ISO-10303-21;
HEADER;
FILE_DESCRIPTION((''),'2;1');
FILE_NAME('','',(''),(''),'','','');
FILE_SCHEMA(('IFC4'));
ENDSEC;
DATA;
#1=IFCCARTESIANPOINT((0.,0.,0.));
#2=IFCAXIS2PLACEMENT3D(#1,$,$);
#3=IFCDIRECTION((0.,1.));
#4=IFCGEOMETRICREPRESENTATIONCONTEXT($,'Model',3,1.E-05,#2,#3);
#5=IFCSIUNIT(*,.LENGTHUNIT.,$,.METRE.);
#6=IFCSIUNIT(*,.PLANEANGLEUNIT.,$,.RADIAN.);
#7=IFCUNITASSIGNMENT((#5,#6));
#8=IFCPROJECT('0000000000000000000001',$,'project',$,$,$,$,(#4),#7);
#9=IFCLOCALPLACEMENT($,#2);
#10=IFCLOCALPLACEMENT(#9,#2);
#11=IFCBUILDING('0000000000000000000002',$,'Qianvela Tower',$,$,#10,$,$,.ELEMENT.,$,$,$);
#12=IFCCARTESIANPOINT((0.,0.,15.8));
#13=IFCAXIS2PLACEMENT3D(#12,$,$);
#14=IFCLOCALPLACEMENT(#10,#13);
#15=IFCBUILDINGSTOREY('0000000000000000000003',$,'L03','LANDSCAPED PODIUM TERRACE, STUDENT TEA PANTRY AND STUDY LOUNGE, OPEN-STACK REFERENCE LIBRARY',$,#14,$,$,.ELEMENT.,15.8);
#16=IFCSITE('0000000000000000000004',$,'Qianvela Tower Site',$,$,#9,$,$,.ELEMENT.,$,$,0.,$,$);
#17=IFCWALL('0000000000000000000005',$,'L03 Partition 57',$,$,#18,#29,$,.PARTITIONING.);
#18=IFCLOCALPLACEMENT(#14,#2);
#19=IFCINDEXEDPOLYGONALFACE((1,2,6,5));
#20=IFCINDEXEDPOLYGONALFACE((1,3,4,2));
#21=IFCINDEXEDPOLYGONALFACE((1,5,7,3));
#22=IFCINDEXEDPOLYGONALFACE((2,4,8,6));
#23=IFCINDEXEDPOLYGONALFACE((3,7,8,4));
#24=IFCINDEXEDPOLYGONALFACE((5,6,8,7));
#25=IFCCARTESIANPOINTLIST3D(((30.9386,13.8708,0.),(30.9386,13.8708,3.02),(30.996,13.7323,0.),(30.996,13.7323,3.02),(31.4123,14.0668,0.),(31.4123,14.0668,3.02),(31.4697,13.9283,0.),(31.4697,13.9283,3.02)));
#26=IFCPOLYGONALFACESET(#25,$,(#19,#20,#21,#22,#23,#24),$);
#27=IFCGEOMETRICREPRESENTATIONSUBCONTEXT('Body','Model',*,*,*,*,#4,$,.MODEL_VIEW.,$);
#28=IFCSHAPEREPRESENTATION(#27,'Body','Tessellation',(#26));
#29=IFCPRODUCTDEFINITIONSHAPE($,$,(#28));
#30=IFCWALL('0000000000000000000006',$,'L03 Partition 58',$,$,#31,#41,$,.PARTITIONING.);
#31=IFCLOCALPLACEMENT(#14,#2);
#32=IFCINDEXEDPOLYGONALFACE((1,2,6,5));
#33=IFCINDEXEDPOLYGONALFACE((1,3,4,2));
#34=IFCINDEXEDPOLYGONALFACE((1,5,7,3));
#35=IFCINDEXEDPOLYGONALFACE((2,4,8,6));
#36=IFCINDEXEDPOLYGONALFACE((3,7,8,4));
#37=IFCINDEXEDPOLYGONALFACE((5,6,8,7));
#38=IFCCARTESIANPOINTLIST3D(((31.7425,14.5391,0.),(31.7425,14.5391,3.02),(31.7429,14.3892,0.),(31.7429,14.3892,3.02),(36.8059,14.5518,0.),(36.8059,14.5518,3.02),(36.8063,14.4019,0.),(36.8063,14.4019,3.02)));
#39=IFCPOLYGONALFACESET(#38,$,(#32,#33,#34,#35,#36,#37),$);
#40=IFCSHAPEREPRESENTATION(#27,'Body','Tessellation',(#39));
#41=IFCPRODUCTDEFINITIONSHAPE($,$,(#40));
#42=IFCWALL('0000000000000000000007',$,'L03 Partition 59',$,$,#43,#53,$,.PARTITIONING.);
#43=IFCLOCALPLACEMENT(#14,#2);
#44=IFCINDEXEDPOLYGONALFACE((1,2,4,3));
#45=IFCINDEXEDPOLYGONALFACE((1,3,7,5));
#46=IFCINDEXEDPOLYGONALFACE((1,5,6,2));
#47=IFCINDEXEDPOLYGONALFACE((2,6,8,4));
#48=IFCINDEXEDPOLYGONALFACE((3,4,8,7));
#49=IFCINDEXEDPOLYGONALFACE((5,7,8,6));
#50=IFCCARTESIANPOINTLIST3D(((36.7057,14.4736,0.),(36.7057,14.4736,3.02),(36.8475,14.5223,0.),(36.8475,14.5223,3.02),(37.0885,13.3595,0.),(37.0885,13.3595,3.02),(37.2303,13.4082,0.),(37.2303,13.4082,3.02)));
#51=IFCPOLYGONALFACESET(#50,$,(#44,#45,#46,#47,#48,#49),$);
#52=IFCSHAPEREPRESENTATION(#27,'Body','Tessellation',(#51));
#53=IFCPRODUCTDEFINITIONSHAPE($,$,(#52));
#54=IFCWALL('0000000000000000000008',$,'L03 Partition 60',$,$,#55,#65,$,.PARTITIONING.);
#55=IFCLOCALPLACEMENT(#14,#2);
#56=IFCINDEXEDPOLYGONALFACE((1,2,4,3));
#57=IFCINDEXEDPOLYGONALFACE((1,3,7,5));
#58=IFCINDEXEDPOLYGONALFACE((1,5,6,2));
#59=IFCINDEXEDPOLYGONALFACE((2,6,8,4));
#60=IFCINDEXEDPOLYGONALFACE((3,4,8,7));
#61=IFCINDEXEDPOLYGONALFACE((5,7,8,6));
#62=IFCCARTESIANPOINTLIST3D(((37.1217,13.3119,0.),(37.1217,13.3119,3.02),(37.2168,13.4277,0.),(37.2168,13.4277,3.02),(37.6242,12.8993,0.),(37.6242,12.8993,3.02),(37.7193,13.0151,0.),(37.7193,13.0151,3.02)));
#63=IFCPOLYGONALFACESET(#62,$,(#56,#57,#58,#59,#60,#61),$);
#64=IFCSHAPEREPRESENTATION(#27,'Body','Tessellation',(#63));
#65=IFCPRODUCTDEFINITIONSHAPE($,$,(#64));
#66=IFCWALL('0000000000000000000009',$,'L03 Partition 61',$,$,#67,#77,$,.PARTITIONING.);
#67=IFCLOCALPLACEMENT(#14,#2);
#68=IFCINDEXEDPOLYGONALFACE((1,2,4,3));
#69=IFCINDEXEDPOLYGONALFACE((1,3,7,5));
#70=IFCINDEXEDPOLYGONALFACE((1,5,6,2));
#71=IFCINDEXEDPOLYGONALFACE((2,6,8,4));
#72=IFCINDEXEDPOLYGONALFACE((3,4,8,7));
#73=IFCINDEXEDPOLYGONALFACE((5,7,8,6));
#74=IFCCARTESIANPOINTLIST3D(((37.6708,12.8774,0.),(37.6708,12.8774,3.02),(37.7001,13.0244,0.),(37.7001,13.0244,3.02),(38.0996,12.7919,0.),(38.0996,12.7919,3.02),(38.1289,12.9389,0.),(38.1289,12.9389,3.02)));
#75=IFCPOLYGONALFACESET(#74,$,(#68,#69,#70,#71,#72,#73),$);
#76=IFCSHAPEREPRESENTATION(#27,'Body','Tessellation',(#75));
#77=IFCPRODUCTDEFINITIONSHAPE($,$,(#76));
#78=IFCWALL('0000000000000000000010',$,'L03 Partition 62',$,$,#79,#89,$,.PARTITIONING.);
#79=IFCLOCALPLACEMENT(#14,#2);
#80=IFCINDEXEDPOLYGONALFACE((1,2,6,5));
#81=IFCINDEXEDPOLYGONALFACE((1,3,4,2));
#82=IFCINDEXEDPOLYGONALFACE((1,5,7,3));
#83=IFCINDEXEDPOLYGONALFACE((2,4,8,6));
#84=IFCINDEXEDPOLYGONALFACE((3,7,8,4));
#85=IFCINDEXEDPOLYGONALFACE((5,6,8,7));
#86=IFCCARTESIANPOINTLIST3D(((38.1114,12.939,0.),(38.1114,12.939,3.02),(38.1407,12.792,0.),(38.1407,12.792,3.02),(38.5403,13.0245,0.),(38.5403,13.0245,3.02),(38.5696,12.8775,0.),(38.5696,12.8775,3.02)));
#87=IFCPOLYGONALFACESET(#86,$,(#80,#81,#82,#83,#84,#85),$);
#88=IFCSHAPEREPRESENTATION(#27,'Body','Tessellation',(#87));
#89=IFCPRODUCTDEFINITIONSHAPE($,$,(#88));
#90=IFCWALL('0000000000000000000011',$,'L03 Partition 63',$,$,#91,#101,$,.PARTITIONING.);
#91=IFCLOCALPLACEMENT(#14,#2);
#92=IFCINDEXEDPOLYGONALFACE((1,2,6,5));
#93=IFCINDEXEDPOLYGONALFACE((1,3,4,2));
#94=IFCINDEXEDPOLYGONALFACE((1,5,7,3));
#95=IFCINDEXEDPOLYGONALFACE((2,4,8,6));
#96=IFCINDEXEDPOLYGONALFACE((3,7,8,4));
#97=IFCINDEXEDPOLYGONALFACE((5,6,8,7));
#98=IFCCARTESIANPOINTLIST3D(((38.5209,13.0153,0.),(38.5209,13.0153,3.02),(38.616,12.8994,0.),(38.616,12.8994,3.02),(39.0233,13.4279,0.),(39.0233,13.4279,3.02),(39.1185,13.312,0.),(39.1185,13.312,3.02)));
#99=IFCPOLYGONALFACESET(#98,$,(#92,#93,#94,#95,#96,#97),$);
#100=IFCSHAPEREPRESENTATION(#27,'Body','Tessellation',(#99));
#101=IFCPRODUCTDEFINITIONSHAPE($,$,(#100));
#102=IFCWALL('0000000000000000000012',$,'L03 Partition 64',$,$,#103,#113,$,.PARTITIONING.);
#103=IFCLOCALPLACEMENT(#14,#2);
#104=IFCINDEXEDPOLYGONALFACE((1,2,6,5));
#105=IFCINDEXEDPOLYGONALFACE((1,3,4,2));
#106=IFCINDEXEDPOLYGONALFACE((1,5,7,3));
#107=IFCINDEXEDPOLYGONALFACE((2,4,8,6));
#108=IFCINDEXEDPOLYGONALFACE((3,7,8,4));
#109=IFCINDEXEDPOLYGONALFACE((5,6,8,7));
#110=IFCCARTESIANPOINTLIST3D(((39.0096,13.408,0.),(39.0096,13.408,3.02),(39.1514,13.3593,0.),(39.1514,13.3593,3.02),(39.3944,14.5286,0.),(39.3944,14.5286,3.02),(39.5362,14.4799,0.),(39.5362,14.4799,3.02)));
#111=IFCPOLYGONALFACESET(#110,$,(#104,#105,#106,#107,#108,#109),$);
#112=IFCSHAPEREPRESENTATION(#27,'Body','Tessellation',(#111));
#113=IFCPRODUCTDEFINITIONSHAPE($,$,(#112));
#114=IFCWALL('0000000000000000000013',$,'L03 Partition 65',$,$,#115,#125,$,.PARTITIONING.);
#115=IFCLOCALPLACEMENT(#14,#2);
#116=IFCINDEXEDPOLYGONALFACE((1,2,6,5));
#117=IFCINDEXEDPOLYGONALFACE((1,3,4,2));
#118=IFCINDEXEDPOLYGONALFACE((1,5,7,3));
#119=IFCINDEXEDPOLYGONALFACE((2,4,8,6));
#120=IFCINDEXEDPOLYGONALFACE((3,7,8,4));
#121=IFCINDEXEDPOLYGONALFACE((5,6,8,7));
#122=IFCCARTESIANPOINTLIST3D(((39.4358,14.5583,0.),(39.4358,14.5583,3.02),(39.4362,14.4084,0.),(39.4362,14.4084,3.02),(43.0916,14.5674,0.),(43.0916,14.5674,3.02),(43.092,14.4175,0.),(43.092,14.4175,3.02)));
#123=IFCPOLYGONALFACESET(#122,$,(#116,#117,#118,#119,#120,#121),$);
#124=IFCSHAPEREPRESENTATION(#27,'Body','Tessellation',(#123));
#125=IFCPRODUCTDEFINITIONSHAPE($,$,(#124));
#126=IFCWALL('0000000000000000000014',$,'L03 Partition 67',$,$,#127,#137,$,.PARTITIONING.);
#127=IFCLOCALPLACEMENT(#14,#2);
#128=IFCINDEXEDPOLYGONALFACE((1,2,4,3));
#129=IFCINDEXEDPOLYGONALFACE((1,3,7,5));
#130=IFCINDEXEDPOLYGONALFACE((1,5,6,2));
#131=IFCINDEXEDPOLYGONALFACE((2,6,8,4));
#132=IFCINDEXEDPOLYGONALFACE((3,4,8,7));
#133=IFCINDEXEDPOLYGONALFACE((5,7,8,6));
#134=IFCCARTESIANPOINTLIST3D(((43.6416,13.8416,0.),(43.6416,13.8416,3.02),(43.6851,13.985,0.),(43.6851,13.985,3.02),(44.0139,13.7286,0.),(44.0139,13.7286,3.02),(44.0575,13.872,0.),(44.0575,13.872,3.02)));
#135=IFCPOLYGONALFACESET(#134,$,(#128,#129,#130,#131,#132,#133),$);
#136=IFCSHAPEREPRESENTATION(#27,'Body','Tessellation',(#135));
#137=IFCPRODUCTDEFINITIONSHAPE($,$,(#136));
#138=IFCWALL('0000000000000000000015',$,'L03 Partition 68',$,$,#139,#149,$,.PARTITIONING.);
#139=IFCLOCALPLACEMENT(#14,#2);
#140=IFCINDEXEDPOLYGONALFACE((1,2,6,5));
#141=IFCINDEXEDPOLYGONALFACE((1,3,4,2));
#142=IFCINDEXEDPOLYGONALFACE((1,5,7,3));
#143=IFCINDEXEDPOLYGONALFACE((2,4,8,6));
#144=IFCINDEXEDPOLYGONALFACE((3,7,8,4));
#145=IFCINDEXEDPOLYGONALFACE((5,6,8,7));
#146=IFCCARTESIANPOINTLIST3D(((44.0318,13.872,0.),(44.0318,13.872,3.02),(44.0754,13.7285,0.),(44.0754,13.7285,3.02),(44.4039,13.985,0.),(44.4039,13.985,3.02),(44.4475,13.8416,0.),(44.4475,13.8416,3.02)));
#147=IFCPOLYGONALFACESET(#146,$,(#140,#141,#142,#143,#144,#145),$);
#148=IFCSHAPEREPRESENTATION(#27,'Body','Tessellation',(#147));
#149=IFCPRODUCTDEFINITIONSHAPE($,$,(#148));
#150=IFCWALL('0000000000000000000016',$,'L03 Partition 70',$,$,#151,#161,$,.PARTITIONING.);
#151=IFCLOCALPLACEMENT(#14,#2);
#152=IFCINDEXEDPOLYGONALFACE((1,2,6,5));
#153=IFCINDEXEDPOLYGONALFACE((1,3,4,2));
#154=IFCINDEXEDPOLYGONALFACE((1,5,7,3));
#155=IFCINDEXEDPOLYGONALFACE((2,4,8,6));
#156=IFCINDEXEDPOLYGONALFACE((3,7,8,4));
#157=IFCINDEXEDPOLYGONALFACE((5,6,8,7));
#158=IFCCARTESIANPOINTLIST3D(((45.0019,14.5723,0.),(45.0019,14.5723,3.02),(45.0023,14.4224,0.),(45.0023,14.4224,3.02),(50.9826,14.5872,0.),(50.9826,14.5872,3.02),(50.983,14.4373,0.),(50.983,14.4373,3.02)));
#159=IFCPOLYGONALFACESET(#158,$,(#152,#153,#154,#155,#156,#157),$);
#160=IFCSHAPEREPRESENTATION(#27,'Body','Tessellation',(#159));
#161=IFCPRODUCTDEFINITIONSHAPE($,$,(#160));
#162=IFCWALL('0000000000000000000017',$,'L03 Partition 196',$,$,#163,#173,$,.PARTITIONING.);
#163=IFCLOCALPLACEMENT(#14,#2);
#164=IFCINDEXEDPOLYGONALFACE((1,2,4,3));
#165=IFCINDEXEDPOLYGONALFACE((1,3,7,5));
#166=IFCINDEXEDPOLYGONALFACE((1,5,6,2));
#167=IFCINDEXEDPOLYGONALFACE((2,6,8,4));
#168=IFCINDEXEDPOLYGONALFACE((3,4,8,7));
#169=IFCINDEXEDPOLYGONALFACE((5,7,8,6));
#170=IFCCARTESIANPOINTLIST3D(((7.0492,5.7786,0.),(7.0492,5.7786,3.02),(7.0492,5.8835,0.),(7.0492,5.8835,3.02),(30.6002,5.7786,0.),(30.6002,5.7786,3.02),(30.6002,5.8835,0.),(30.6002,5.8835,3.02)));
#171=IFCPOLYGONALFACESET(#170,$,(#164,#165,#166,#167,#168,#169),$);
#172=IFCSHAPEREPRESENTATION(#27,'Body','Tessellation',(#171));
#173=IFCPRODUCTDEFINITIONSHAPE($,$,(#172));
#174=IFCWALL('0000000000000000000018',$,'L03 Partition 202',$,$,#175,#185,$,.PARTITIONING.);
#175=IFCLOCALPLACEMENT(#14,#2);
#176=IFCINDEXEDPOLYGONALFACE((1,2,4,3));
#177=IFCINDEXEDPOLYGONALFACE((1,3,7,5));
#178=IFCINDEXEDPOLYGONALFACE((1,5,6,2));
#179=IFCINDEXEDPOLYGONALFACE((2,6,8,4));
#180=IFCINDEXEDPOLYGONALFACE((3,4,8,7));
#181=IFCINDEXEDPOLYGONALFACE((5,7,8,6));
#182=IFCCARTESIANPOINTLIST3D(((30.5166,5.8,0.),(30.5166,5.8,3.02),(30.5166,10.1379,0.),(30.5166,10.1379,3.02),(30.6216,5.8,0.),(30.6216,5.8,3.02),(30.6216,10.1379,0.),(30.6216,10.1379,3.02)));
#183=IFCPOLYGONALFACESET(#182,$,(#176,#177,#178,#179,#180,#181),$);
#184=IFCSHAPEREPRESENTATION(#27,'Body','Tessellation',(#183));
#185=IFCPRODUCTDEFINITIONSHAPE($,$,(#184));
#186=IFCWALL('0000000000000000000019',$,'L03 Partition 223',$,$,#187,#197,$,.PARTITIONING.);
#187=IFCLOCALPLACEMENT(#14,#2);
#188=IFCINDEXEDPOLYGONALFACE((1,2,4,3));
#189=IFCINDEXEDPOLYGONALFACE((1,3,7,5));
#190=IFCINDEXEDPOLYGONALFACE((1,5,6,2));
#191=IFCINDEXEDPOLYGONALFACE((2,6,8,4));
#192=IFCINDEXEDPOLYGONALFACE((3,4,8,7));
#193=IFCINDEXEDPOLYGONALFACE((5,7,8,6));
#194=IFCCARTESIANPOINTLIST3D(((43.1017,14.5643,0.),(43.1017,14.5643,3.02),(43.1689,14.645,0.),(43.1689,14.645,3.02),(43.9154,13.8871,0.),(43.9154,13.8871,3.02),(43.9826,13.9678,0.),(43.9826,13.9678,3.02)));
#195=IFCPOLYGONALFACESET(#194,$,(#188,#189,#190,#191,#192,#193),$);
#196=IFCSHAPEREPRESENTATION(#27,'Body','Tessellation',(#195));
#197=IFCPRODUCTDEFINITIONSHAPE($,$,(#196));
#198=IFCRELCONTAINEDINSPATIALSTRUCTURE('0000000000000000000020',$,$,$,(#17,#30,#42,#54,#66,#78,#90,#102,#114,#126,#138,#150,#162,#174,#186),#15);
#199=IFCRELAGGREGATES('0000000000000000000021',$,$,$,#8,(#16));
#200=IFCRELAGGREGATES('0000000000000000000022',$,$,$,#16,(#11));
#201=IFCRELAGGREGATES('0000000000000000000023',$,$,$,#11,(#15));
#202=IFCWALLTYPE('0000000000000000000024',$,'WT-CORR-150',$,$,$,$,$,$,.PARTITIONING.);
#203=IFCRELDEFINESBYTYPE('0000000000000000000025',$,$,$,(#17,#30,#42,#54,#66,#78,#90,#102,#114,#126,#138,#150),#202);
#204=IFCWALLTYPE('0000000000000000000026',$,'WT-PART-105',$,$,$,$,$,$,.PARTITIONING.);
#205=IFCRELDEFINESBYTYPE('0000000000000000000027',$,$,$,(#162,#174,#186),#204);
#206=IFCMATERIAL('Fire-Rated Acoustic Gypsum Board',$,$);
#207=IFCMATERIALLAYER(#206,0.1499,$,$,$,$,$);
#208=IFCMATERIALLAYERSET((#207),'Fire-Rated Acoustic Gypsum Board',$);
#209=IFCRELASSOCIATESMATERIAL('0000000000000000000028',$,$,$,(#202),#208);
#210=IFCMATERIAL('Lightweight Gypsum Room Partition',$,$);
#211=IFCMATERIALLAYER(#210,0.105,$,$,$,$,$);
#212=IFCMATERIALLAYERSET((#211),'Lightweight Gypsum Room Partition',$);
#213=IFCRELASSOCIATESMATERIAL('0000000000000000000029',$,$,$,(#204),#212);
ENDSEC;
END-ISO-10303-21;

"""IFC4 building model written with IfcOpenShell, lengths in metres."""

from ifc_helpers import new_model, si_unit, direction, frame, frame_2d, origin, place, context, subcontext, project, spatial, rectangle, extrude, material, layer, layer_set, type_object, element, save


model = new_model("IFC4")

# Units and contexts
model_context = context("Model", 3, precision=1e-05, world=origin(), true_north=direction((0.0, 1.0)))
body_context = subcontext(model_context, "Body", "Model", "MODEL_VIEW")
ifc_project = project(units=[si_unit("LENGTHUNIT", "METRE"), si_unit("PLANEANGLEUNIT", "RADIAN")], contexts=[model_context])

# Site, building, storey
site_placement = place(None, origin())
site = spatial("IfcSite", under=ifc_project, at=site_placement, Name="Qianvela Tower Site", CompositionType="ELEMENT", RefElevation=0.0)
building_placement = place(site_placement, origin())
building = spatial("IfcBuilding", under=site, at=building_placement, Name="Qianvela Tower", CompositionType="ELEMENT")
storey_placement = place(building_placement, frame((0.0, 0.0, 15.8)))
storey = spatial("IfcBuildingStorey", under=building, at=storey_placement, Name="L03", Description="LANDSCAPED PODIUM TERRACE, STUDENT TEA PANTRY AND STUDY LOUNGE, OPEN-STACK REFERENCE LIBRARY", CompositionType="ELEMENT", Elevation=15.8)

# Walls
ifc_material_1 = material(Name="Fire-Rated Acoustic Gypsum Board")
ifc_layer_1 = layer(ifc_material_1, 0.1499)
ifc_layer_set_1 = layer_set([ifc_layer_1], Name="Fire-Rated Acoustic Gypsum Board")
wall_type_1 = type_object("IfcWallType", Name="WT-CORR-150", PredefinedType="PARTITIONING", material=ifc_layer_set_1)
wall_1_placement = place(storey_placement, frame((30.9673, 13.8015, 0.0), z_axis=(0.0, 0.0, 1.0), x_axis=(0.923976, 0.38245, 0.0)))
element("IfcWall", 1, at=wall_1_placement, inside=storey, type_object=wall_type_1, Name="L03 Partition 57", PredefinedType="PARTITIONING", context=body_context, shape_type="SweptSolid", body=[
    extrude(rectangle(XDim=0.5127, YDim=0.1499, at=frame_2d((0.2563, 0.0))), origin(), (0.0, 0.0, 1.0), 3.02),
])
wall_2_placement = place(storey_placement, frame((31.7427, 14.4641, 0.0), z_axis=(0.0, 0.0, 1.0), x_axis=(0.999997, 0.002507, 0.0)))
element("IfcWall", 2, at=wall_2_placement, inside=storey, type_object=wall_type_1, Name="L03 Partition 58", PredefinedType="PARTITIONING", context=body_context, shape_type="SweptSolid", body=[
    extrude(rectangle(XDim=5.0635, YDim=0.1499, at=frame_2d((2.5317, 0.0))), origin(), (0.0, 0.0, 1.0), 3.02),
])
wall_3_placement = place(storey_placement, frame((36.7766, 14.4978, 0.0), z_axis=(0.0, 0.0, 1.0), x_axis=(0.324981, -0.94572, 0.0)))
element("IfcWall", 3, at=wall_3_placement, inside=storey, type_object=wall_type_1, Name="L03 Partition 59", PredefinedType="PARTITIONING", context=body_context, shape_type="SweptSolid", body=[
    extrude(rectangle(XDim=1.178, YDim=0.1499, at=frame_2d((0.5889, 0.0))), origin(), (0.0, 0.0, 1.0), 3.02),
])
wall_4_placement = place(storey_placement, frame((37.1692, 13.3699, 0.0), z_axis=(0.0, 0.0, 1.0), x_axis=(0.772818, -0.634627, 0.0)))
element("IfcWall", 4, at=wall_4_placement, inside=storey, type_object=wall_type_1, Name="L03 Partition 60", PredefinedType="PARTITIONING", context=body_context, shape_type="SweptSolid", body=[
    extrude(rectangle(XDim=0.6501, YDim=0.1499, at=frame_2d((0.3252, 0.0))), origin(), (0.0, 0.0, 1.0), 3.02),
])
for number, where, z_axis, x_axis, name in (
    (5, (37.6853, 12.9509, 0.0), (0.0, 0.0, 1.0), (0.980709, -0.195472, 0.0), "L03 Partition 61"),
    (6, (38.126, 12.8655, 0.0), (0.0, 0.0, 1.0), (0.980709, 0.195472, 0.0), "L03 Partition 62"),
):
    element("IfcWall", number, at=place(storey_placement, frame(where, z_axis=z_axis, x_axis=x_axis)), inside=storey, type_object=wall_type_1, Name=name, PredefinedType="PARTITIONING", context=body_context, shape_type="SweptSolid", body=[
        extrude(rectangle(XDim=0.4373, YDim=0.1499, at=frame_2d((0.2188, 0.0))), origin(), (0.0, 0.0, 1.0), 3.02),
    ])
wall_5_placement = place(storey_placement, frame((38.5684, 12.9573, 0.0), z_axis=(0.0, 0.0, 1.0), x_axis=(0.772818, 0.634627, 0.0)))
element("IfcWall", 7, at=wall_5_placement, inside=storey, type_object=wall_type_1, Name="L03 Partition 63", PredefinedType="PARTITIONING", context=body_context, shape_type="SweptSolid", body=[
    extrude(rectangle(XDim=0.6501, YDim=0.1499, at=frame_2d((0.3252, 0.0))), origin(), (0.0, 0.0, 1.0), 3.02),
])
wall_6_placement = place(storey_placement, frame((39.0806, 13.3838, 0.0), z_axis=(0.0, 0.0, 1.0), x_axis=(0.324746, 0.945801, 0.0)))
element("IfcWall", 8, at=wall_6_placement, inside=storey, type_object=wall_type_1, Name="L03 Partition 64", PredefinedType="PARTITIONING", context=body_context, shape_type="SweptSolid", body=[
    extrude(rectangle(XDim=1.1848, YDim=0.1499, at=frame_2d((0.5923, 0.0))), origin(), (0.0, 0.0, 1.0), 3.02),
])
wall_7_placement = place(storey_placement, frame((39.436, 14.4834, 0.0), z_axis=(0.0, 0.0, 1.0), x_axis=(0.999997, 0.002471, 0.0)))
element("IfcWall", 9, at=wall_7_placement, inside=storey, type_object=wall_type_1, Name="L03 Partition 65", PredefinedType="PARTITIONING", context=body_context, shape_type="SweptSolid", body=[
    extrude(rectangle(XDim=3.6558, YDim=0.1499, at=frame_2d((1.8279, 0.0))), origin(), (0.0, 0.0, 1.0), 3.02),
])
wall_8_placement = place(storey_placement, frame((43.6633, 13.9133, 0.0), z_axis=(0.0, 0.0, 1.0), x_axis=(0.956871, -0.290512, 0.0)))
element("IfcWall", 10, at=wall_8_placement, inside=storey, type_object=wall_type_1, Name="L03 Partition 67", PredefinedType="PARTITIONING", context=body_context, shape_type="SweptSolid", body=[
    extrude(rectangle(XDim=0.3892, YDim=0.1499, at=frame_2d((0.1946, 0.0))), origin(), (0.0, 0.0, 1.0), 3.02),
])
wall_9_placement = place(storey_placement, frame((44.0537, 13.8003, 0.0), z_axis=(0.0, 0.0, 1.0), x_axis=(0.956818, 0.290687, 0.0)))
element("IfcWall", 11, at=wall_9_placement, inside=storey, type_object=wall_type_1, Name="L03 Partition 68", PredefinedType="PARTITIONING", context=body_context, shape_type="SweptSolid", body=[
    extrude(rectangle(XDim=0.3889, YDim=0.1499, at=frame_2d((0.1943, 0.0))), origin(), (0.0, 0.0, 1.0), 3.02),
])
wall_10_placement = place(storey_placement, frame((45.0022, 14.4973, 0.0), z_axis=(0.0, 0.0, 1.0), x_axis=(0.999997, 0.00249, 0.0)))
element("IfcWall", 12, at=wall_10_placement, inside=storey, type_object=wall_type_1, Name="L03 Partition 70", PredefinedType="PARTITIONING", context=body_context, shape_type="SweptSolid", body=[
    extrude(rectangle(XDim=5.9807, YDim=0.1499, at=frame_2d((2.9902, 0.0))), origin(), (0.0, 0.0, 1.0), 3.02),
])
ifc_material_2 = material(Name="Lightweight Gypsum Room Partition")
ifc_layer_2 = layer(ifc_material_2, 0.105)
ifc_layer_set_2 = layer_set([ifc_layer_2], Name="Lightweight Gypsum Room Partition")
wall_type_2 = type_object("IfcWallType", Name="WT-PART-105", PredefinedType="PARTITIONING", material=ifc_layer_set_2)
wall_11_placement = place(storey_placement, frame((30.6001, 5.8311, 0.0), z_axis=(0.0, 0.0, 1.0), x_axis=(-1.0, 0.0, 0.0)))
element("IfcWall", 13, at=wall_11_placement, inside=storey, type_object=wall_type_2, Name="L03 Partition 196", PredefinedType="PARTITIONING", context=body_context, shape_type="SweptSolid", body=[
    extrude(rectangle(XDim=23.551, YDim=0.105, at=frame_2d((11.7754, 0.0))), origin(), (0.0, 0.0, 1.0), 3.02),
])
wall_12_placement = place(storey_placement, frame((30.5691, 10.1379, 0.0), z_axis=(0.0, 0.0, 1.0), x_axis=(0.0, -1.0, 0.0)))
element("IfcWall", 14, at=wall_12_placement, inside=storey, type_object=wall_type_2, Name="L03 Partition 202", PredefinedType="PARTITIONING", context=body_context, shape_type="SweptSolid", body=[
    extrude(rectangle(XDim=4.3379, YDim=0.105, at=frame_2d((2.1689, 0.0))), origin(), (0.0, 0.0, 1.0), 3.02),
])
wall_13_placement = place(storey_placement, frame((43.949, 13.9275, 0.0), z_axis=(0.0, 0.0, 1.0), x_axis=(-0.768618, 0.639708, 0.0)))
element("IfcWall", 15, at=wall_13_placement, inside=storey, type_object=wall_type_2, Name="L03 Partition 223", PredefinedType="PARTITIONING", context=body_context, shape_type="SweptSolid", body=[
    extrude(rectangle(XDim=1.0586, YDim=0.105, at=frame_2d((0.5293, 0.0))), origin(), (0.0, 0.0, 1.0), 3.02),
])

save(model, "model.ifc")
